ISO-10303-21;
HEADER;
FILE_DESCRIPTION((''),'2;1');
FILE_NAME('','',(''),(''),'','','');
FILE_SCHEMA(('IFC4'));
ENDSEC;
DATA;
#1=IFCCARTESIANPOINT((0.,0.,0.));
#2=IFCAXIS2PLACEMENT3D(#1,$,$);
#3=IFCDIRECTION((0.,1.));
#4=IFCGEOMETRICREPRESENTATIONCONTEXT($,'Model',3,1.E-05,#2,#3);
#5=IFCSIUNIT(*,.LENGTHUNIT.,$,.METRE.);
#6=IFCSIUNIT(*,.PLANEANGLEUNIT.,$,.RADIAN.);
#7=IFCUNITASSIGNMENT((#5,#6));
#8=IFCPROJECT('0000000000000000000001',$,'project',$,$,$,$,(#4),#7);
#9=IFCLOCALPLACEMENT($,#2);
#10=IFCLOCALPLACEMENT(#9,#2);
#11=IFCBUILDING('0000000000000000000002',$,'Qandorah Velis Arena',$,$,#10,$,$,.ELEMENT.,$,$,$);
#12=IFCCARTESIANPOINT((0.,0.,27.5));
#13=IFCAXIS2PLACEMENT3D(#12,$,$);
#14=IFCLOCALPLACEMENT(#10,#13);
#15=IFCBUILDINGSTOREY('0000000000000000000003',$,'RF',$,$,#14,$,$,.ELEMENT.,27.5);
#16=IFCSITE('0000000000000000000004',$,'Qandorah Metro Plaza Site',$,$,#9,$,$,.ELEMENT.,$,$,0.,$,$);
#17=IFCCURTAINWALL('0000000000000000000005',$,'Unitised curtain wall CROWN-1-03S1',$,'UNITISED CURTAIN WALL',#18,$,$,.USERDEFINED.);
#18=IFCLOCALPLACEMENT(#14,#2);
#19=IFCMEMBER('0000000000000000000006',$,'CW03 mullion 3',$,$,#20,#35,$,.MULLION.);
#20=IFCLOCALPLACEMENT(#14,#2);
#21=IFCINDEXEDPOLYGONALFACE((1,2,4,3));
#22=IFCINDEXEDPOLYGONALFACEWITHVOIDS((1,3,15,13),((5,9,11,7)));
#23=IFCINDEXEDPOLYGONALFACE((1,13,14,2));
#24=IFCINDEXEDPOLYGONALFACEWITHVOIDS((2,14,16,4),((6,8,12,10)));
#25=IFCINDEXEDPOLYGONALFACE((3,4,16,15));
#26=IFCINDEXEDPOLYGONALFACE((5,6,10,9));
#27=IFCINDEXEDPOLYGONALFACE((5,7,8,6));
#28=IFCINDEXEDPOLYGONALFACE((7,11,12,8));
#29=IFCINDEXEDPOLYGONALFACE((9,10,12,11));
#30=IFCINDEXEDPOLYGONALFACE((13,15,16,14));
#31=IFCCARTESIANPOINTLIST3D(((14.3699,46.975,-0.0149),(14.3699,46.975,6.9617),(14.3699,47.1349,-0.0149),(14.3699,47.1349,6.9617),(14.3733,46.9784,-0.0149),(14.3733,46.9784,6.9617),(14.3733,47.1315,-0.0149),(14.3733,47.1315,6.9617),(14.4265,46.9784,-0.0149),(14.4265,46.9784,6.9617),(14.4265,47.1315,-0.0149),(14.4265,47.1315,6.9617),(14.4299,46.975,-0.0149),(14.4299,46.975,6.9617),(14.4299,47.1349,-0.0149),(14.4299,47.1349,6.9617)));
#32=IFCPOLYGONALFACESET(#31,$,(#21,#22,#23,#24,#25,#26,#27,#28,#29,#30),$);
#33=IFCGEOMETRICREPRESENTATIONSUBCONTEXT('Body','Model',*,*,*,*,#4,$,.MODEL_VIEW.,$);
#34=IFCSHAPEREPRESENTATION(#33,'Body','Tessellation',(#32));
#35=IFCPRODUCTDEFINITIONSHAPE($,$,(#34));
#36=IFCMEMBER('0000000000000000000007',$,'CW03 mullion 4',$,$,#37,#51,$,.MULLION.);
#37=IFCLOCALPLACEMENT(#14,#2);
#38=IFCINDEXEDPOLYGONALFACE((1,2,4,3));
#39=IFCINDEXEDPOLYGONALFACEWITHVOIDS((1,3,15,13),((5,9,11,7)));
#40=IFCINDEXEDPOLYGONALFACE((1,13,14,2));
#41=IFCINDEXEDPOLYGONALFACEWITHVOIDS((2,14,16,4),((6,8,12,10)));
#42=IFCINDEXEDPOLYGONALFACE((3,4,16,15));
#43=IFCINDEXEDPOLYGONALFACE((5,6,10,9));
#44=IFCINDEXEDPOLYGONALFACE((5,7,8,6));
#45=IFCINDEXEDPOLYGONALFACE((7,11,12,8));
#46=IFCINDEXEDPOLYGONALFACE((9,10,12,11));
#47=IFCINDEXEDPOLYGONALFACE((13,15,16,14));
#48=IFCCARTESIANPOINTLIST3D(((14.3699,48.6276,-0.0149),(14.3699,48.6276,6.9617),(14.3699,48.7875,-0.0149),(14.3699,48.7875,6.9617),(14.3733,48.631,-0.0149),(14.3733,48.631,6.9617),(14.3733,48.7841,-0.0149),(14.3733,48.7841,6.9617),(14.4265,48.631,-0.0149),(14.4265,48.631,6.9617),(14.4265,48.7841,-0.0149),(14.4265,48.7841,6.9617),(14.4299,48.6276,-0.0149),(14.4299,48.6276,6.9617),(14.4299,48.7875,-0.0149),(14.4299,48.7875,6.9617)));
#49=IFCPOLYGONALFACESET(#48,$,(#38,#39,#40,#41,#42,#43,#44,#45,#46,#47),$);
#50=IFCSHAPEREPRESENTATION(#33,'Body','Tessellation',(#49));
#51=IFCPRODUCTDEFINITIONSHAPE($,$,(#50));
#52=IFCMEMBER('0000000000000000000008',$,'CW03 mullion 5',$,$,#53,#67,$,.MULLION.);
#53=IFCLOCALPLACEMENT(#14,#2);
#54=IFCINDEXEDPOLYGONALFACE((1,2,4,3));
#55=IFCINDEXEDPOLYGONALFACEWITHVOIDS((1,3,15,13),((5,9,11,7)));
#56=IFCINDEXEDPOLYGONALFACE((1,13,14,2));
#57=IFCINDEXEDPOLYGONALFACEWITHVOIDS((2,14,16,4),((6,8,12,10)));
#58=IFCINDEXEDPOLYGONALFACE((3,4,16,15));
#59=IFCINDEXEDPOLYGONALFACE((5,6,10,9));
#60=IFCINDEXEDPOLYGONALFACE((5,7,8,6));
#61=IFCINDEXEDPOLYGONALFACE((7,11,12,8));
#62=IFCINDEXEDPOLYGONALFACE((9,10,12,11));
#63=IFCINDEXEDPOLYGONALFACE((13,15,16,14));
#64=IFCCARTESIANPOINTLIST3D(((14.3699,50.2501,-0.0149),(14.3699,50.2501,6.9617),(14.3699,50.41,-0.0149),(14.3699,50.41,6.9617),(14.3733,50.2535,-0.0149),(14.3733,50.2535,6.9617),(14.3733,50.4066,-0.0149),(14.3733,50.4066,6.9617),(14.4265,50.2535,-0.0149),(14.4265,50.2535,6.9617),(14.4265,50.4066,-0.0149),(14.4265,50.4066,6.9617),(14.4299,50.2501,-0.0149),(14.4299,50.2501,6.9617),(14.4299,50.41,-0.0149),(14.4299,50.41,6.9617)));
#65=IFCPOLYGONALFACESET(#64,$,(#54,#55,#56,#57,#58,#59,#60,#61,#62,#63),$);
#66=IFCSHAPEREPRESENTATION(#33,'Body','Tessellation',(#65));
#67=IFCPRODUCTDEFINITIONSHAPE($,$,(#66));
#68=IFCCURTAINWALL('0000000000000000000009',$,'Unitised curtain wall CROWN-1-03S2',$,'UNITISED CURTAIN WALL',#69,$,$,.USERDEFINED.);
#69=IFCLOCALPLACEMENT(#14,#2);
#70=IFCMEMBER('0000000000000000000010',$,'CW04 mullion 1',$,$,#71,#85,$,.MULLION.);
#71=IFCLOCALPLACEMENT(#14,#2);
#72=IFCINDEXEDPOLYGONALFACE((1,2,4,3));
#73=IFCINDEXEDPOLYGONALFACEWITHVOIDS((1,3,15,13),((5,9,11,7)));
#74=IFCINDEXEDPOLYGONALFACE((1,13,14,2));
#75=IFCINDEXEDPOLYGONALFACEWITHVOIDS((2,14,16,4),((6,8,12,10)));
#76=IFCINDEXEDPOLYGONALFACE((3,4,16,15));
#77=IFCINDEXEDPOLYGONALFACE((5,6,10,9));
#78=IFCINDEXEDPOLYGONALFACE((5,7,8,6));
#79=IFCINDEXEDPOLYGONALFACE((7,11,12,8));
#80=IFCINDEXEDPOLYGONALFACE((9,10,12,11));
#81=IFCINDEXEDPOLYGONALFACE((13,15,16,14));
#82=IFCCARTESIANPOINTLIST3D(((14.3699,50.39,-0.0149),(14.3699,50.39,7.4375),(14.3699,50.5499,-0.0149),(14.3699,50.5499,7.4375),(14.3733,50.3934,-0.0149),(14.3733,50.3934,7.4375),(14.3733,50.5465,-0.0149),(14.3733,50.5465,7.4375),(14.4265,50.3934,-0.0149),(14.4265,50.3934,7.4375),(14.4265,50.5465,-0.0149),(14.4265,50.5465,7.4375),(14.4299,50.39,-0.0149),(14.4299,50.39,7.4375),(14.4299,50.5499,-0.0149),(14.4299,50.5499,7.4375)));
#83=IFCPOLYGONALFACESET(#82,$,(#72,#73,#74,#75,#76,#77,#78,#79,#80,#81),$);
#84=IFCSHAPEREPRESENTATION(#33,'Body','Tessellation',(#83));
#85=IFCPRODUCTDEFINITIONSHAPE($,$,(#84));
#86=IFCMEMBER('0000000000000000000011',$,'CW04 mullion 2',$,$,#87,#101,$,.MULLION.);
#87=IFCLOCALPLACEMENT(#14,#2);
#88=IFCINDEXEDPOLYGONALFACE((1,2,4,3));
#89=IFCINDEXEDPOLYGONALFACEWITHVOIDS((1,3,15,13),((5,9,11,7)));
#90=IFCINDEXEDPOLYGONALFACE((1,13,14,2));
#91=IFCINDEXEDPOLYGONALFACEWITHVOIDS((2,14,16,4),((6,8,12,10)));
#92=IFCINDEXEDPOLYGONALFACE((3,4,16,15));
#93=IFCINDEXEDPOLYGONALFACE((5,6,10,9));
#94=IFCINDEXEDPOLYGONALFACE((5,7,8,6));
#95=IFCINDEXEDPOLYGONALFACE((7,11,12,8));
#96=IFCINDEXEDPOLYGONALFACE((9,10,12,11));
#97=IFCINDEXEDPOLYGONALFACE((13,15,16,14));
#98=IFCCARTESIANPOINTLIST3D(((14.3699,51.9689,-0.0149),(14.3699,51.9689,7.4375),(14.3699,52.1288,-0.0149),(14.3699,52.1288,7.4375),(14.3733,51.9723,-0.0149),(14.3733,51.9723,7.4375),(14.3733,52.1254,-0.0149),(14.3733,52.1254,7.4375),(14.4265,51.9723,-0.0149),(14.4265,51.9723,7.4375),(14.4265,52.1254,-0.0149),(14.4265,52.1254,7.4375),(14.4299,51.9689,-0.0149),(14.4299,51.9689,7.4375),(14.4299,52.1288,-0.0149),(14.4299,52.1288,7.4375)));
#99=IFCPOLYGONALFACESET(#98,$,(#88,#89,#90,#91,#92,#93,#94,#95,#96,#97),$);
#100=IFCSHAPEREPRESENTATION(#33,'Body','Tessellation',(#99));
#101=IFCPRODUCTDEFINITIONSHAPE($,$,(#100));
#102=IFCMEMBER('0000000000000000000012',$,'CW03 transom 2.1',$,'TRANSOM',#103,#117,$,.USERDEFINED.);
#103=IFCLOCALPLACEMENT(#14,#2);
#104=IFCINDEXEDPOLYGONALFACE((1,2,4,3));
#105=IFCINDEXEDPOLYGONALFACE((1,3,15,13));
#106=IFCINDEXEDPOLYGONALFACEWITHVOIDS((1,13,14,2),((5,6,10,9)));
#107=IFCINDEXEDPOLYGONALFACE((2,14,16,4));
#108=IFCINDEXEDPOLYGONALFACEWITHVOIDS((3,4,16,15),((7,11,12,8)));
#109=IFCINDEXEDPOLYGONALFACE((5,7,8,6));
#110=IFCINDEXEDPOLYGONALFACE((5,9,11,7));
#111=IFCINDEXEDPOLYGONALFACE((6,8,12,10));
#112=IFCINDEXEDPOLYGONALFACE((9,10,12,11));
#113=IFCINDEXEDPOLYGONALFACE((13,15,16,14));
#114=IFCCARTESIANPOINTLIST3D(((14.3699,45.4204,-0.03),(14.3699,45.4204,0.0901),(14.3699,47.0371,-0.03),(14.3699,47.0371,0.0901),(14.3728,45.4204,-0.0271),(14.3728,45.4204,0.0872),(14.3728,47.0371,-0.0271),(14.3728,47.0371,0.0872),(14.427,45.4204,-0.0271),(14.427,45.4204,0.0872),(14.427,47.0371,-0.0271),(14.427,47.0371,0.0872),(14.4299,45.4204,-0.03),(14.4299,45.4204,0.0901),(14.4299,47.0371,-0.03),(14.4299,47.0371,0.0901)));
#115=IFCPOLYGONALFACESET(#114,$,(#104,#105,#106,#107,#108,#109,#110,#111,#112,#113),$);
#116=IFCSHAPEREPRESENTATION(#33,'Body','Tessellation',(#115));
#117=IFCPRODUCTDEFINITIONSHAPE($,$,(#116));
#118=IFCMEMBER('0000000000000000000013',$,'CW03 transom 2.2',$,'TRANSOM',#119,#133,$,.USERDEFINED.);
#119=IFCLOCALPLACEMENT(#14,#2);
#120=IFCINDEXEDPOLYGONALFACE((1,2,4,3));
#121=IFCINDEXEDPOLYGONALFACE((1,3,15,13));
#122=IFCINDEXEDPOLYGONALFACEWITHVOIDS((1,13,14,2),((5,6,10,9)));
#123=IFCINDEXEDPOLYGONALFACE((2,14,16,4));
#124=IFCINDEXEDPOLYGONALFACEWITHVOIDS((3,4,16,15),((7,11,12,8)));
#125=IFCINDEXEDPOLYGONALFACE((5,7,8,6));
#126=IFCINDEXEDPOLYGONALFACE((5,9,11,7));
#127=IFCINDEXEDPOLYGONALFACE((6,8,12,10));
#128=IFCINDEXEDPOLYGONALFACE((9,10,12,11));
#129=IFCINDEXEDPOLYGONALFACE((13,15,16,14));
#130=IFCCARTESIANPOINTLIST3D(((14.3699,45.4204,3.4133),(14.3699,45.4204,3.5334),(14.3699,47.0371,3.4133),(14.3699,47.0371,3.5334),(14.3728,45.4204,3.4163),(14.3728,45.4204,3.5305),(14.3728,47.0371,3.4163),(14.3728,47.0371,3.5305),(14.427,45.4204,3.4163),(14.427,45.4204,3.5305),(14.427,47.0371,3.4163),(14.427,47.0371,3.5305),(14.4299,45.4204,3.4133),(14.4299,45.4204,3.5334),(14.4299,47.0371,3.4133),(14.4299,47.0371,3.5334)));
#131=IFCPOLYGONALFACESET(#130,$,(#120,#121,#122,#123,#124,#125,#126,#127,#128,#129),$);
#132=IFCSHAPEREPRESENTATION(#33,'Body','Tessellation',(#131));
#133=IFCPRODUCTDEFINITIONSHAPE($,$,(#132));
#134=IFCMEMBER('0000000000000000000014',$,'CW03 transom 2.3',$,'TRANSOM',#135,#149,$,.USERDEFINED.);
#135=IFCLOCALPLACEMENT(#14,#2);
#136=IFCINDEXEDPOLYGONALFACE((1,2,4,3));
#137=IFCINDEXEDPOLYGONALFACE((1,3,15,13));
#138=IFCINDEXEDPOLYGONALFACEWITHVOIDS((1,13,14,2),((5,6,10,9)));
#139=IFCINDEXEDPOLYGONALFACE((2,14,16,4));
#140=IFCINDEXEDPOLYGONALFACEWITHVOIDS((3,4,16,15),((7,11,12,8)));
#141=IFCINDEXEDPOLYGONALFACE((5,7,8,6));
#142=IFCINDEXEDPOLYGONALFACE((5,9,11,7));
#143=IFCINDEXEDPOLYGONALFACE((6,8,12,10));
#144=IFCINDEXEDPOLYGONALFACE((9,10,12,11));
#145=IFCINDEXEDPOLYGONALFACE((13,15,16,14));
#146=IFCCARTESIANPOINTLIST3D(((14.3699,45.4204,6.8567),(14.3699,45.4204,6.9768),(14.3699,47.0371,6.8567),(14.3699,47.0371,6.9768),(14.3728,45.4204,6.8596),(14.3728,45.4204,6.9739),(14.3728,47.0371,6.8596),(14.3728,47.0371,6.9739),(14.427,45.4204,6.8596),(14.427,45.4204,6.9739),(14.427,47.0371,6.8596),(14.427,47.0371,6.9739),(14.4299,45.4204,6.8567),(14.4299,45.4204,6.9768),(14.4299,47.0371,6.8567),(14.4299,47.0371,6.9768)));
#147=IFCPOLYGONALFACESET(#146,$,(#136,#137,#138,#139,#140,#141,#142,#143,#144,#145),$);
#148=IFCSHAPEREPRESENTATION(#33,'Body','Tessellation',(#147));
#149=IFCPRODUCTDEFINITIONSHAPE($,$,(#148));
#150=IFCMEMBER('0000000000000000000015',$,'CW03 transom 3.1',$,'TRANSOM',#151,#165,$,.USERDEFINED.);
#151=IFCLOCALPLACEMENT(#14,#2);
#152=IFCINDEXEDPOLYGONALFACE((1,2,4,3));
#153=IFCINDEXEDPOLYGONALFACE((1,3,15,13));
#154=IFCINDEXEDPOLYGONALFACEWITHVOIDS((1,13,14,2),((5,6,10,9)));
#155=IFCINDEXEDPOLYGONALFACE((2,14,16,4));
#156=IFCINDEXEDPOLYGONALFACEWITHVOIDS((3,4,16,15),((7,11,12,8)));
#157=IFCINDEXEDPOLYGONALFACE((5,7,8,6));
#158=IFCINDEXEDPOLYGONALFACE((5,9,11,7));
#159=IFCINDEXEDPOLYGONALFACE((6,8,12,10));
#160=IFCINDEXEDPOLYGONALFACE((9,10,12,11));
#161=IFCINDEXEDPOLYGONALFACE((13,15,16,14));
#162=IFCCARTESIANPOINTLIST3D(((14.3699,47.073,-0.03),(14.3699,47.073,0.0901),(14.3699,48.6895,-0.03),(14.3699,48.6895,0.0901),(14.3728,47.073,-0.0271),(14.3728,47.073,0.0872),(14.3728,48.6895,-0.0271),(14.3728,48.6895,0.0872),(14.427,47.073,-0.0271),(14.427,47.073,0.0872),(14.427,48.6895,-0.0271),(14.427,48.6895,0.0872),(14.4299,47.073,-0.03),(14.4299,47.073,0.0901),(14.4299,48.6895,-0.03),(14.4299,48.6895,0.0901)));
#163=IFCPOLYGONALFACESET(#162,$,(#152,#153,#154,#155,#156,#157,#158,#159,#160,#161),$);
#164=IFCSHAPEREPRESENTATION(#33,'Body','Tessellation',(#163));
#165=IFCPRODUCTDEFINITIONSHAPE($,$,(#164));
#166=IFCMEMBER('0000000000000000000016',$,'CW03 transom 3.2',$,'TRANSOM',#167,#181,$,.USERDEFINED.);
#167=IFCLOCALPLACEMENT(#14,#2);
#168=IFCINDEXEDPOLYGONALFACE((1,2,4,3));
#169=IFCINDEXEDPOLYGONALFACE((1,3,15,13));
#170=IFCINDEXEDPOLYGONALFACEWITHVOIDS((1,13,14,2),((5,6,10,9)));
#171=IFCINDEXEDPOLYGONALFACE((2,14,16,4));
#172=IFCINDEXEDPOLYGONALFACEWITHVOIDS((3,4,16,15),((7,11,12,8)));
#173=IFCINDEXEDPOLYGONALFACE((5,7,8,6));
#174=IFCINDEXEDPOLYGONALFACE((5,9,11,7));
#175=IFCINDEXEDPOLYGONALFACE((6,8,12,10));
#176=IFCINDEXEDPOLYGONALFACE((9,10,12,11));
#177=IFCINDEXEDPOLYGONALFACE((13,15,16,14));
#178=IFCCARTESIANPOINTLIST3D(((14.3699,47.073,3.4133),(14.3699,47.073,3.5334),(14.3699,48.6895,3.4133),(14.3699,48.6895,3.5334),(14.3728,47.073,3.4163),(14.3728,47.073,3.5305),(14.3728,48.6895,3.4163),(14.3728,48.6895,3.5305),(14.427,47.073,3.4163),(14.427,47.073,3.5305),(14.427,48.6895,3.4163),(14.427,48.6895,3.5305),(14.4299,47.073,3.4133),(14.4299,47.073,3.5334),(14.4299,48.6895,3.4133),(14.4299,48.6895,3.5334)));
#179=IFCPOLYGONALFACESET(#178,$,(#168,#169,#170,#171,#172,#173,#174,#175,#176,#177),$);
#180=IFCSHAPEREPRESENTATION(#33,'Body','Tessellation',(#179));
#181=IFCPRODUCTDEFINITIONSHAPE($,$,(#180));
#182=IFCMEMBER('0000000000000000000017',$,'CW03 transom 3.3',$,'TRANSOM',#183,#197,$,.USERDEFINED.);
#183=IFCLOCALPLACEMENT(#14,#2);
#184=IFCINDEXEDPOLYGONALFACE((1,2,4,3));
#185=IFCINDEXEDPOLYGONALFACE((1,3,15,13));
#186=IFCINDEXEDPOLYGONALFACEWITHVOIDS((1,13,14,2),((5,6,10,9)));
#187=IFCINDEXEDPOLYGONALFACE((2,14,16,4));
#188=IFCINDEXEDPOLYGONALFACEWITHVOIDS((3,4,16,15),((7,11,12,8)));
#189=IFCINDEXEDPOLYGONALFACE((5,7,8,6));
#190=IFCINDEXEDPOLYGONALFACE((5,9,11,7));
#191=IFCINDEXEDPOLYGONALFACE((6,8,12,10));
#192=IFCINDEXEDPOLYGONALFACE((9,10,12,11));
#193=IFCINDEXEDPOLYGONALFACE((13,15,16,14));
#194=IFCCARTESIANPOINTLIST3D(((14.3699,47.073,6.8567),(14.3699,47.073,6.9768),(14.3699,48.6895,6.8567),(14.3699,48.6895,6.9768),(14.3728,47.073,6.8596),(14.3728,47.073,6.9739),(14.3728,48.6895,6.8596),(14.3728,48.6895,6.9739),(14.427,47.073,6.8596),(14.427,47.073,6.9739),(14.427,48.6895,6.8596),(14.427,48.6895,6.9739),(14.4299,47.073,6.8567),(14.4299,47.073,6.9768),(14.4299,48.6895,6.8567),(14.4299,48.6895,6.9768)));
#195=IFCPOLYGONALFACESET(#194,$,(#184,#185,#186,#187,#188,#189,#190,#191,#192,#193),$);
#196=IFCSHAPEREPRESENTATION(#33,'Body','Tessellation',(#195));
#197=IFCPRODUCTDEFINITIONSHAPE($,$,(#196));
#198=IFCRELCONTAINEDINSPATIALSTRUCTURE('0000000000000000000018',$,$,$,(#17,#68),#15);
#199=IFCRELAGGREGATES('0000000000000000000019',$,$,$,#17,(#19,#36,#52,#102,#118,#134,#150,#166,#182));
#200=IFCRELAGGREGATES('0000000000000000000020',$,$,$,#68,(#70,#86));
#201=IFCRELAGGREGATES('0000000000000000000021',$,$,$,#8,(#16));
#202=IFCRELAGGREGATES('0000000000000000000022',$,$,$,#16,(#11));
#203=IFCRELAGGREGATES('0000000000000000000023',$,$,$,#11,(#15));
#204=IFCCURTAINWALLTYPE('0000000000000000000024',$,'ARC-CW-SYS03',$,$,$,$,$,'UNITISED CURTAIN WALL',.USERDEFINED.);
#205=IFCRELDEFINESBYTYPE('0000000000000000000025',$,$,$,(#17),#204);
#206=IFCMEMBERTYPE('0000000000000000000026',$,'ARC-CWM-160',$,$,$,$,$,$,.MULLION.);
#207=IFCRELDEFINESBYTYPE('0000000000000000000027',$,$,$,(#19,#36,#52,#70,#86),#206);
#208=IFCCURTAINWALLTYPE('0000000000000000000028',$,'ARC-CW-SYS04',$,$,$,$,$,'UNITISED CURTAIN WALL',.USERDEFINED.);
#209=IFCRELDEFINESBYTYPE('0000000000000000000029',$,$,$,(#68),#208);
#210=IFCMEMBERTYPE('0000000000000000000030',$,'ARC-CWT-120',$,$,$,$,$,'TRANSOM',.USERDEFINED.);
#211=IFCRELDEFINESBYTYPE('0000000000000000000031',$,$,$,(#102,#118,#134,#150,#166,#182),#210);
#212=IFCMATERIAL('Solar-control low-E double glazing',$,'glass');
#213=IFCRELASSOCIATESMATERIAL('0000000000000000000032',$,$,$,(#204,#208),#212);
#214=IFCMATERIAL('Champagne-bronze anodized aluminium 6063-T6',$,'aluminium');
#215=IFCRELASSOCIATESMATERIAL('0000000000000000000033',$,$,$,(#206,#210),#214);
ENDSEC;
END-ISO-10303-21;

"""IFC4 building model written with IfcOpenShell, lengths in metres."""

from ifc_helpers import new_model, si_unit, direction, frame, origin, origin_2d, place, context, subcontext, project, spatial, hollow_rectangle, extrude, material, material_profile, profile_set, type_object, element, aggregate, save


model = new_model("IFC4")

# Units and contexts
model_context = context("Model", 3, precision=1e-05, world=origin(), true_north=direction((0.0, 1.0)))
body_context = subcontext(model_context, "Body", "Model", "MODEL_VIEW")
ifc_project = project(units=[si_unit("LENGTHUNIT", "METRE"), si_unit("PLANEANGLEUNIT", "RADIAN")], contexts=[model_context])

# Site, building, storey
site_placement = place(None, origin())
site = spatial("IfcSite", under=ifc_project, at=site_placement, Name="Qandorah Metro Plaza Site", CompositionType="ELEMENT", RefElevation=0.0)
building_placement = place(site_placement, origin())
building = spatial("IfcBuilding", under=site, at=building_placement, Name="Qandorah Velis Arena", CompositionType="ELEMENT")
storey_placement = place(building_placement, frame((0.0, 0.0, 27.5)))
storey = spatial("IfcBuildingStorey", under=building, at=storey_placement, Name="RF", CompositionType="ELEMENT", Elevation=27.5)

# Curtain walls, members
ifc_material_1 = material(Name="Solar-control low-E double glazing", Category="glass")
curtain_wall_type_1 = type_object("IfcCurtainWallType", Name="ARC-CW-SYS03", ElementType="UNITISED CURTAIN WALL", PredefinedType="USERDEFINED", material=ifc_material_1)
curtain_wall_1_placement = place(storey_placement, origin())
curtain_wall_1 = element("IfcCurtainWall", 1, at=curtain_wall_1_placement, inside=storey, type_object=curtain_wall_type_1, Name="Unitised curtain wall CROWN-1-03S1", ObjectType="UNITISED CURTAIN WALL", PredefinedType="USERDEFINED")
ifc_material_2 = material(Name="Champagne-bronze anodized aluminium 6063-T6", Category="aluminium")
ifc_material_profile_1 = material_profile(ifc_material_2, hollow_rectangle(XDim=0.0601, YDim=0.1599, WallThickness=0.0034, at=origin_2d()), Name="ALU MULLION 60x160")
ifc_profile_set_1 = profile_set([ifc_material_profile_1], Name="Champagne-bronze anodized aluminium 6063-T6")
member_type_1 = type_object("IfcMemberType", Name="ARC-CWM-160", PredefinedType="MULLION", material=ifc_profile_set_1)
member_1_placement = place(storey_placement, frame((14.3999, 47.0549, -0.0149), z_axis=(0.0, 0.0, 1.0), x_axis=(-1.0, 0.0, 0.0)))
member_1 = element("IfcMember", 2, at=member_1_placement, type_object=member_type_1, Name="CW03 mullion 3", PredefinedType="MULLION", context=body_context, shape_type="SweptSolid", body=[
    extrude(hollow_rectangle(XDim=0.0601, YDim=0.1599, WallThickness=0.0034, at=origin_2d()), origin(), (0.0, 0.0, 1.0), 6.9766),
])
member_2_placement = place(storey_placement, frame((14.3999, 48.7075, -0.0149), z_axis=(0.0, 0.0, 1.0), x_axis=(-1.0, 0.0, 0.0)))
member_2 = element("IfcMember", 3, at=member_2_placement, type_object=member_type_1, Name="CW03 mullion 4", PredefinedType="MULLION", context=body_context, shape_type="SweptSolid", body=[
    extrude(hollow_rectangle(XDim=0.0601, YDim=0.1599, WallThickness=0.0034, at=origin_2d()), origin(), (0.0, 0.0, 1.0), 6.9766),
])
member_3_placement = place(storey_placement, frame((14.3999, 50.3301, -0.0149), z_axis=(0.0, 0.0, 1.0), x_axis=(-1.0, 0.0, 0.0)))
member_3 = element("IfcMember", 4, at=member_3_placement, type_object=member_type_1, Name="CW03 mullion 5", PredefinedType="MULLION", context=body_context, shape_type="SweptSolid", body=[
    extrude(hollow_rectangle(XDim=0.0601, YDim=0.1599, WallThickness=0.0034, at=origin_2d()), origin(), (0.0, 0.0, 1.0), 6.9766),
])
curtain_wall_type_2 = type_object("IfcCurtainWallType", Name="ARC-CW-SYS04", ElementType="UNITISED CURTAIN WALL", PredefinedType="USERDEFINED", material=ifc_material_1)
curtain_wall_2_placement = place(storey_placement, origin())
curtain_wall_2 = element("IfcCurtainWall", 5, at=curtain_wall_2_placement, inside=storey, type_object=curtain_wall_type_2, Name="Unitised curtain wall CROWN-1-03S2", ObjectType="UNITISED CURTAIN WALL", PredefinedType="USERDEFINED")
member_4_placement = place(storey_placement, frame((14.3999, 50.47, -0.0149), z_axis=(0.0, 0.0, 1.0), x_axis=(-1.0, 0.0, 0.0)))
member_4 = element("IfcMember", 6, at=member_4_placement, type_object=member_type_1, Name="CW04 mullion 1", PredefinedType="MULLION", context=body_context, shape_type="SweptSolid", body=[
    extrude(hollow_rectangle(XDim=0.0601, YDim=0.1599, WallThickness=0.0034, at=origin_2d()), origin(), (0.0, 0.0, 1.0), 7.4524),
])
member_5_placement = place(storey_placement, frame((14.3999, 52.0488, -0.0149), z_axis=(0.0, 0.0, 1.0), x_axis=(-1.0, 0.0, 0.0)))
member_5 = element("IfcMember", 7, at=member_5_placement, type_object=member_type_1, Name="CW04 mullion 2", PredefinedType="MULLION", context=body_context, shape_type="SweptSolid", body=[
    extrude(hollow_rectangle(XDim=0.0601, YDim=0.1599, WallThickness=0.0034, at=origin_2d()), origin(), (0.0, 0.0, 1.0), 7.4524),
])

# Members
ifc_material_profile_2 = material_profile(ifc_material_2, hollow_rectangle(XDim=0.0601, YDim=0.1201, WallThickness=0.0029, at=origin_2d()), Name="ALU TRANSOM 60x120")
ifc_profile_set_2 = profile_set([ifc_material_profile_2], Name="Champagne-bronze anodized aluminium 6063-T6")
member_type_2 = type_object("IfcMemberType", Name="ARC-CWT-120", ElementType="TRANSOM", PredefinedType="USERDEFINED", material=ifc_profile_set_2)
member_6_placement = place(storey_placement, frame((14.3999, 45.4204, 0.03), z_axis=(0.0, 1.0, 0.0), x_axis=(-1.0, 0.0, 0.0)))
member_6 = element("IfcMember", 8, at=member_6_placement, type_object=member_type_2, Name="CW03 transom 2.1", ObjectType="TRANSOM", PredefinedType="USERDEFINED", context=body_context, shape_type="SweptSolid", body=[
    extrude(hollow_rectangle(XDim=0.0601, YDim=0.1201, WallThickness=0.0029, at=origin_2d()), origin(), (0.0, 0.0, 1.0), 1.6167),
])
member_7_placement = place(storey_placement, frame((14.3999, 45.4204, 3.4734), z_axis=(0.0, 1.0, 0.0), x_axis=(-1.0, 0.0, 0.0)))
member_7 = element("IfcMember", 9, at=member_7_placement, type_object=member_type_2, Name="CW03 transom 2.2", ObjectType="TRANSOM", PredefinedType="USERDEFINED", context=body_context, shape_type="SweptSolid", body=[
    extrude(hollow_rectangle(XDim=0.0601, YDim=0.1201, WallThickness=0.0029, at=origin_2d()), origin(), (0.0, 0.0, 1.0), 1.6167),
])
member_8_placement = place(storey_placement, frame((14.3999, 45.4204, 6.9167), z_axis=(0.0, 1.0, 0.0), x_axis=(-1.0, 0.0, 0.0)))
member_8 = element("IfcMember", 10, at=member_8_placement, type_object=member_type_2, Name="CW03 transom 2.3", ObjectType="TRANSOM", PredefinedType="USERDEFINED", context=body_context, shape_type="SweptSolid", body=[
    extrude(hollow_rectangle(XDim=0.0601, YDim=0.1201, WallThickness=0.0029, at=origin_2d()), origin(), (0.0, 0.0, 1.0), 1.6167),
])
member_9_placement = place(storey_placement, frame((14.3999, 47.073, 0.03), z_axis=(0.0, 1.0, 0.0), x_axis=(-1.0, 0.0, 0.0)))
member_9 = element("IfcMember", 11, at=member_9_placement, type_object=member_type_2, Name="CW03 transom 3.1", ObjectType="TRANSOM", PredefinedType="USERDEFINED", context=body_context, shape_type="SweptSolid", body=[
    extrude(hollow_rectangle(XDim=0.0601, YDim=0.1201, WallThickness=0.0029, at=origin_2d()), origin(), (0.0, 0.0, 1.0), 1.6165),
])
member_10_placement = place(storey_placement, frame((14.3999, 47.073, 3.4734), z_axis=(0.0, 1.0, 0.0), x_axis=(-1.0, 0.0, 0.0)))
member_10 = element("IfcMember", 12, at=member_10_placement, type_object=member_type_2, Name="CW03 transom 3.2", ObjectType="TRANSOM", PredefinedType="USERDEFINED", context=body_context, shape_type="SweptSolid", body=[
    extrude(hollow_rectangle(XDim=0.0601, YDim=0.1201, WallThickness=0.0029, at=origin_2d()), origin(), (0.0, 0.0, 1.0), 1.6165),
])
member_11_placement = place(storey_placement, frame((14.3999, 47.073, 6.9167), z_axis=(0.0, 1.0, 0.0), x_axis=(-1.0, 0.0, 0.0)))
member_11 = element("IfcMember", 13, at=member_11_placement, type_object=member_type_2, Name="CW03 transom 3.3", ObjectType="TRANSOM", PredefinedType="USERDEFINED", context=body_context, shape_type="SweptSolid", body=[
    extrude(hollow_rectangle(XDim=0.0601, YDim=0.1201, WallThickness=0.0029, at=origin_2d()), origin(), (0.0, 0.0, 1.0), 1.6165),
])

aggregate(curtain_wall_1, [member_1, member_2, member_3, member_6, member_7, member_8, member_9, member_10, member_11])
aggregate(curtain_wall_2, [member_4, member_5])

save(model, "model.ifc")
